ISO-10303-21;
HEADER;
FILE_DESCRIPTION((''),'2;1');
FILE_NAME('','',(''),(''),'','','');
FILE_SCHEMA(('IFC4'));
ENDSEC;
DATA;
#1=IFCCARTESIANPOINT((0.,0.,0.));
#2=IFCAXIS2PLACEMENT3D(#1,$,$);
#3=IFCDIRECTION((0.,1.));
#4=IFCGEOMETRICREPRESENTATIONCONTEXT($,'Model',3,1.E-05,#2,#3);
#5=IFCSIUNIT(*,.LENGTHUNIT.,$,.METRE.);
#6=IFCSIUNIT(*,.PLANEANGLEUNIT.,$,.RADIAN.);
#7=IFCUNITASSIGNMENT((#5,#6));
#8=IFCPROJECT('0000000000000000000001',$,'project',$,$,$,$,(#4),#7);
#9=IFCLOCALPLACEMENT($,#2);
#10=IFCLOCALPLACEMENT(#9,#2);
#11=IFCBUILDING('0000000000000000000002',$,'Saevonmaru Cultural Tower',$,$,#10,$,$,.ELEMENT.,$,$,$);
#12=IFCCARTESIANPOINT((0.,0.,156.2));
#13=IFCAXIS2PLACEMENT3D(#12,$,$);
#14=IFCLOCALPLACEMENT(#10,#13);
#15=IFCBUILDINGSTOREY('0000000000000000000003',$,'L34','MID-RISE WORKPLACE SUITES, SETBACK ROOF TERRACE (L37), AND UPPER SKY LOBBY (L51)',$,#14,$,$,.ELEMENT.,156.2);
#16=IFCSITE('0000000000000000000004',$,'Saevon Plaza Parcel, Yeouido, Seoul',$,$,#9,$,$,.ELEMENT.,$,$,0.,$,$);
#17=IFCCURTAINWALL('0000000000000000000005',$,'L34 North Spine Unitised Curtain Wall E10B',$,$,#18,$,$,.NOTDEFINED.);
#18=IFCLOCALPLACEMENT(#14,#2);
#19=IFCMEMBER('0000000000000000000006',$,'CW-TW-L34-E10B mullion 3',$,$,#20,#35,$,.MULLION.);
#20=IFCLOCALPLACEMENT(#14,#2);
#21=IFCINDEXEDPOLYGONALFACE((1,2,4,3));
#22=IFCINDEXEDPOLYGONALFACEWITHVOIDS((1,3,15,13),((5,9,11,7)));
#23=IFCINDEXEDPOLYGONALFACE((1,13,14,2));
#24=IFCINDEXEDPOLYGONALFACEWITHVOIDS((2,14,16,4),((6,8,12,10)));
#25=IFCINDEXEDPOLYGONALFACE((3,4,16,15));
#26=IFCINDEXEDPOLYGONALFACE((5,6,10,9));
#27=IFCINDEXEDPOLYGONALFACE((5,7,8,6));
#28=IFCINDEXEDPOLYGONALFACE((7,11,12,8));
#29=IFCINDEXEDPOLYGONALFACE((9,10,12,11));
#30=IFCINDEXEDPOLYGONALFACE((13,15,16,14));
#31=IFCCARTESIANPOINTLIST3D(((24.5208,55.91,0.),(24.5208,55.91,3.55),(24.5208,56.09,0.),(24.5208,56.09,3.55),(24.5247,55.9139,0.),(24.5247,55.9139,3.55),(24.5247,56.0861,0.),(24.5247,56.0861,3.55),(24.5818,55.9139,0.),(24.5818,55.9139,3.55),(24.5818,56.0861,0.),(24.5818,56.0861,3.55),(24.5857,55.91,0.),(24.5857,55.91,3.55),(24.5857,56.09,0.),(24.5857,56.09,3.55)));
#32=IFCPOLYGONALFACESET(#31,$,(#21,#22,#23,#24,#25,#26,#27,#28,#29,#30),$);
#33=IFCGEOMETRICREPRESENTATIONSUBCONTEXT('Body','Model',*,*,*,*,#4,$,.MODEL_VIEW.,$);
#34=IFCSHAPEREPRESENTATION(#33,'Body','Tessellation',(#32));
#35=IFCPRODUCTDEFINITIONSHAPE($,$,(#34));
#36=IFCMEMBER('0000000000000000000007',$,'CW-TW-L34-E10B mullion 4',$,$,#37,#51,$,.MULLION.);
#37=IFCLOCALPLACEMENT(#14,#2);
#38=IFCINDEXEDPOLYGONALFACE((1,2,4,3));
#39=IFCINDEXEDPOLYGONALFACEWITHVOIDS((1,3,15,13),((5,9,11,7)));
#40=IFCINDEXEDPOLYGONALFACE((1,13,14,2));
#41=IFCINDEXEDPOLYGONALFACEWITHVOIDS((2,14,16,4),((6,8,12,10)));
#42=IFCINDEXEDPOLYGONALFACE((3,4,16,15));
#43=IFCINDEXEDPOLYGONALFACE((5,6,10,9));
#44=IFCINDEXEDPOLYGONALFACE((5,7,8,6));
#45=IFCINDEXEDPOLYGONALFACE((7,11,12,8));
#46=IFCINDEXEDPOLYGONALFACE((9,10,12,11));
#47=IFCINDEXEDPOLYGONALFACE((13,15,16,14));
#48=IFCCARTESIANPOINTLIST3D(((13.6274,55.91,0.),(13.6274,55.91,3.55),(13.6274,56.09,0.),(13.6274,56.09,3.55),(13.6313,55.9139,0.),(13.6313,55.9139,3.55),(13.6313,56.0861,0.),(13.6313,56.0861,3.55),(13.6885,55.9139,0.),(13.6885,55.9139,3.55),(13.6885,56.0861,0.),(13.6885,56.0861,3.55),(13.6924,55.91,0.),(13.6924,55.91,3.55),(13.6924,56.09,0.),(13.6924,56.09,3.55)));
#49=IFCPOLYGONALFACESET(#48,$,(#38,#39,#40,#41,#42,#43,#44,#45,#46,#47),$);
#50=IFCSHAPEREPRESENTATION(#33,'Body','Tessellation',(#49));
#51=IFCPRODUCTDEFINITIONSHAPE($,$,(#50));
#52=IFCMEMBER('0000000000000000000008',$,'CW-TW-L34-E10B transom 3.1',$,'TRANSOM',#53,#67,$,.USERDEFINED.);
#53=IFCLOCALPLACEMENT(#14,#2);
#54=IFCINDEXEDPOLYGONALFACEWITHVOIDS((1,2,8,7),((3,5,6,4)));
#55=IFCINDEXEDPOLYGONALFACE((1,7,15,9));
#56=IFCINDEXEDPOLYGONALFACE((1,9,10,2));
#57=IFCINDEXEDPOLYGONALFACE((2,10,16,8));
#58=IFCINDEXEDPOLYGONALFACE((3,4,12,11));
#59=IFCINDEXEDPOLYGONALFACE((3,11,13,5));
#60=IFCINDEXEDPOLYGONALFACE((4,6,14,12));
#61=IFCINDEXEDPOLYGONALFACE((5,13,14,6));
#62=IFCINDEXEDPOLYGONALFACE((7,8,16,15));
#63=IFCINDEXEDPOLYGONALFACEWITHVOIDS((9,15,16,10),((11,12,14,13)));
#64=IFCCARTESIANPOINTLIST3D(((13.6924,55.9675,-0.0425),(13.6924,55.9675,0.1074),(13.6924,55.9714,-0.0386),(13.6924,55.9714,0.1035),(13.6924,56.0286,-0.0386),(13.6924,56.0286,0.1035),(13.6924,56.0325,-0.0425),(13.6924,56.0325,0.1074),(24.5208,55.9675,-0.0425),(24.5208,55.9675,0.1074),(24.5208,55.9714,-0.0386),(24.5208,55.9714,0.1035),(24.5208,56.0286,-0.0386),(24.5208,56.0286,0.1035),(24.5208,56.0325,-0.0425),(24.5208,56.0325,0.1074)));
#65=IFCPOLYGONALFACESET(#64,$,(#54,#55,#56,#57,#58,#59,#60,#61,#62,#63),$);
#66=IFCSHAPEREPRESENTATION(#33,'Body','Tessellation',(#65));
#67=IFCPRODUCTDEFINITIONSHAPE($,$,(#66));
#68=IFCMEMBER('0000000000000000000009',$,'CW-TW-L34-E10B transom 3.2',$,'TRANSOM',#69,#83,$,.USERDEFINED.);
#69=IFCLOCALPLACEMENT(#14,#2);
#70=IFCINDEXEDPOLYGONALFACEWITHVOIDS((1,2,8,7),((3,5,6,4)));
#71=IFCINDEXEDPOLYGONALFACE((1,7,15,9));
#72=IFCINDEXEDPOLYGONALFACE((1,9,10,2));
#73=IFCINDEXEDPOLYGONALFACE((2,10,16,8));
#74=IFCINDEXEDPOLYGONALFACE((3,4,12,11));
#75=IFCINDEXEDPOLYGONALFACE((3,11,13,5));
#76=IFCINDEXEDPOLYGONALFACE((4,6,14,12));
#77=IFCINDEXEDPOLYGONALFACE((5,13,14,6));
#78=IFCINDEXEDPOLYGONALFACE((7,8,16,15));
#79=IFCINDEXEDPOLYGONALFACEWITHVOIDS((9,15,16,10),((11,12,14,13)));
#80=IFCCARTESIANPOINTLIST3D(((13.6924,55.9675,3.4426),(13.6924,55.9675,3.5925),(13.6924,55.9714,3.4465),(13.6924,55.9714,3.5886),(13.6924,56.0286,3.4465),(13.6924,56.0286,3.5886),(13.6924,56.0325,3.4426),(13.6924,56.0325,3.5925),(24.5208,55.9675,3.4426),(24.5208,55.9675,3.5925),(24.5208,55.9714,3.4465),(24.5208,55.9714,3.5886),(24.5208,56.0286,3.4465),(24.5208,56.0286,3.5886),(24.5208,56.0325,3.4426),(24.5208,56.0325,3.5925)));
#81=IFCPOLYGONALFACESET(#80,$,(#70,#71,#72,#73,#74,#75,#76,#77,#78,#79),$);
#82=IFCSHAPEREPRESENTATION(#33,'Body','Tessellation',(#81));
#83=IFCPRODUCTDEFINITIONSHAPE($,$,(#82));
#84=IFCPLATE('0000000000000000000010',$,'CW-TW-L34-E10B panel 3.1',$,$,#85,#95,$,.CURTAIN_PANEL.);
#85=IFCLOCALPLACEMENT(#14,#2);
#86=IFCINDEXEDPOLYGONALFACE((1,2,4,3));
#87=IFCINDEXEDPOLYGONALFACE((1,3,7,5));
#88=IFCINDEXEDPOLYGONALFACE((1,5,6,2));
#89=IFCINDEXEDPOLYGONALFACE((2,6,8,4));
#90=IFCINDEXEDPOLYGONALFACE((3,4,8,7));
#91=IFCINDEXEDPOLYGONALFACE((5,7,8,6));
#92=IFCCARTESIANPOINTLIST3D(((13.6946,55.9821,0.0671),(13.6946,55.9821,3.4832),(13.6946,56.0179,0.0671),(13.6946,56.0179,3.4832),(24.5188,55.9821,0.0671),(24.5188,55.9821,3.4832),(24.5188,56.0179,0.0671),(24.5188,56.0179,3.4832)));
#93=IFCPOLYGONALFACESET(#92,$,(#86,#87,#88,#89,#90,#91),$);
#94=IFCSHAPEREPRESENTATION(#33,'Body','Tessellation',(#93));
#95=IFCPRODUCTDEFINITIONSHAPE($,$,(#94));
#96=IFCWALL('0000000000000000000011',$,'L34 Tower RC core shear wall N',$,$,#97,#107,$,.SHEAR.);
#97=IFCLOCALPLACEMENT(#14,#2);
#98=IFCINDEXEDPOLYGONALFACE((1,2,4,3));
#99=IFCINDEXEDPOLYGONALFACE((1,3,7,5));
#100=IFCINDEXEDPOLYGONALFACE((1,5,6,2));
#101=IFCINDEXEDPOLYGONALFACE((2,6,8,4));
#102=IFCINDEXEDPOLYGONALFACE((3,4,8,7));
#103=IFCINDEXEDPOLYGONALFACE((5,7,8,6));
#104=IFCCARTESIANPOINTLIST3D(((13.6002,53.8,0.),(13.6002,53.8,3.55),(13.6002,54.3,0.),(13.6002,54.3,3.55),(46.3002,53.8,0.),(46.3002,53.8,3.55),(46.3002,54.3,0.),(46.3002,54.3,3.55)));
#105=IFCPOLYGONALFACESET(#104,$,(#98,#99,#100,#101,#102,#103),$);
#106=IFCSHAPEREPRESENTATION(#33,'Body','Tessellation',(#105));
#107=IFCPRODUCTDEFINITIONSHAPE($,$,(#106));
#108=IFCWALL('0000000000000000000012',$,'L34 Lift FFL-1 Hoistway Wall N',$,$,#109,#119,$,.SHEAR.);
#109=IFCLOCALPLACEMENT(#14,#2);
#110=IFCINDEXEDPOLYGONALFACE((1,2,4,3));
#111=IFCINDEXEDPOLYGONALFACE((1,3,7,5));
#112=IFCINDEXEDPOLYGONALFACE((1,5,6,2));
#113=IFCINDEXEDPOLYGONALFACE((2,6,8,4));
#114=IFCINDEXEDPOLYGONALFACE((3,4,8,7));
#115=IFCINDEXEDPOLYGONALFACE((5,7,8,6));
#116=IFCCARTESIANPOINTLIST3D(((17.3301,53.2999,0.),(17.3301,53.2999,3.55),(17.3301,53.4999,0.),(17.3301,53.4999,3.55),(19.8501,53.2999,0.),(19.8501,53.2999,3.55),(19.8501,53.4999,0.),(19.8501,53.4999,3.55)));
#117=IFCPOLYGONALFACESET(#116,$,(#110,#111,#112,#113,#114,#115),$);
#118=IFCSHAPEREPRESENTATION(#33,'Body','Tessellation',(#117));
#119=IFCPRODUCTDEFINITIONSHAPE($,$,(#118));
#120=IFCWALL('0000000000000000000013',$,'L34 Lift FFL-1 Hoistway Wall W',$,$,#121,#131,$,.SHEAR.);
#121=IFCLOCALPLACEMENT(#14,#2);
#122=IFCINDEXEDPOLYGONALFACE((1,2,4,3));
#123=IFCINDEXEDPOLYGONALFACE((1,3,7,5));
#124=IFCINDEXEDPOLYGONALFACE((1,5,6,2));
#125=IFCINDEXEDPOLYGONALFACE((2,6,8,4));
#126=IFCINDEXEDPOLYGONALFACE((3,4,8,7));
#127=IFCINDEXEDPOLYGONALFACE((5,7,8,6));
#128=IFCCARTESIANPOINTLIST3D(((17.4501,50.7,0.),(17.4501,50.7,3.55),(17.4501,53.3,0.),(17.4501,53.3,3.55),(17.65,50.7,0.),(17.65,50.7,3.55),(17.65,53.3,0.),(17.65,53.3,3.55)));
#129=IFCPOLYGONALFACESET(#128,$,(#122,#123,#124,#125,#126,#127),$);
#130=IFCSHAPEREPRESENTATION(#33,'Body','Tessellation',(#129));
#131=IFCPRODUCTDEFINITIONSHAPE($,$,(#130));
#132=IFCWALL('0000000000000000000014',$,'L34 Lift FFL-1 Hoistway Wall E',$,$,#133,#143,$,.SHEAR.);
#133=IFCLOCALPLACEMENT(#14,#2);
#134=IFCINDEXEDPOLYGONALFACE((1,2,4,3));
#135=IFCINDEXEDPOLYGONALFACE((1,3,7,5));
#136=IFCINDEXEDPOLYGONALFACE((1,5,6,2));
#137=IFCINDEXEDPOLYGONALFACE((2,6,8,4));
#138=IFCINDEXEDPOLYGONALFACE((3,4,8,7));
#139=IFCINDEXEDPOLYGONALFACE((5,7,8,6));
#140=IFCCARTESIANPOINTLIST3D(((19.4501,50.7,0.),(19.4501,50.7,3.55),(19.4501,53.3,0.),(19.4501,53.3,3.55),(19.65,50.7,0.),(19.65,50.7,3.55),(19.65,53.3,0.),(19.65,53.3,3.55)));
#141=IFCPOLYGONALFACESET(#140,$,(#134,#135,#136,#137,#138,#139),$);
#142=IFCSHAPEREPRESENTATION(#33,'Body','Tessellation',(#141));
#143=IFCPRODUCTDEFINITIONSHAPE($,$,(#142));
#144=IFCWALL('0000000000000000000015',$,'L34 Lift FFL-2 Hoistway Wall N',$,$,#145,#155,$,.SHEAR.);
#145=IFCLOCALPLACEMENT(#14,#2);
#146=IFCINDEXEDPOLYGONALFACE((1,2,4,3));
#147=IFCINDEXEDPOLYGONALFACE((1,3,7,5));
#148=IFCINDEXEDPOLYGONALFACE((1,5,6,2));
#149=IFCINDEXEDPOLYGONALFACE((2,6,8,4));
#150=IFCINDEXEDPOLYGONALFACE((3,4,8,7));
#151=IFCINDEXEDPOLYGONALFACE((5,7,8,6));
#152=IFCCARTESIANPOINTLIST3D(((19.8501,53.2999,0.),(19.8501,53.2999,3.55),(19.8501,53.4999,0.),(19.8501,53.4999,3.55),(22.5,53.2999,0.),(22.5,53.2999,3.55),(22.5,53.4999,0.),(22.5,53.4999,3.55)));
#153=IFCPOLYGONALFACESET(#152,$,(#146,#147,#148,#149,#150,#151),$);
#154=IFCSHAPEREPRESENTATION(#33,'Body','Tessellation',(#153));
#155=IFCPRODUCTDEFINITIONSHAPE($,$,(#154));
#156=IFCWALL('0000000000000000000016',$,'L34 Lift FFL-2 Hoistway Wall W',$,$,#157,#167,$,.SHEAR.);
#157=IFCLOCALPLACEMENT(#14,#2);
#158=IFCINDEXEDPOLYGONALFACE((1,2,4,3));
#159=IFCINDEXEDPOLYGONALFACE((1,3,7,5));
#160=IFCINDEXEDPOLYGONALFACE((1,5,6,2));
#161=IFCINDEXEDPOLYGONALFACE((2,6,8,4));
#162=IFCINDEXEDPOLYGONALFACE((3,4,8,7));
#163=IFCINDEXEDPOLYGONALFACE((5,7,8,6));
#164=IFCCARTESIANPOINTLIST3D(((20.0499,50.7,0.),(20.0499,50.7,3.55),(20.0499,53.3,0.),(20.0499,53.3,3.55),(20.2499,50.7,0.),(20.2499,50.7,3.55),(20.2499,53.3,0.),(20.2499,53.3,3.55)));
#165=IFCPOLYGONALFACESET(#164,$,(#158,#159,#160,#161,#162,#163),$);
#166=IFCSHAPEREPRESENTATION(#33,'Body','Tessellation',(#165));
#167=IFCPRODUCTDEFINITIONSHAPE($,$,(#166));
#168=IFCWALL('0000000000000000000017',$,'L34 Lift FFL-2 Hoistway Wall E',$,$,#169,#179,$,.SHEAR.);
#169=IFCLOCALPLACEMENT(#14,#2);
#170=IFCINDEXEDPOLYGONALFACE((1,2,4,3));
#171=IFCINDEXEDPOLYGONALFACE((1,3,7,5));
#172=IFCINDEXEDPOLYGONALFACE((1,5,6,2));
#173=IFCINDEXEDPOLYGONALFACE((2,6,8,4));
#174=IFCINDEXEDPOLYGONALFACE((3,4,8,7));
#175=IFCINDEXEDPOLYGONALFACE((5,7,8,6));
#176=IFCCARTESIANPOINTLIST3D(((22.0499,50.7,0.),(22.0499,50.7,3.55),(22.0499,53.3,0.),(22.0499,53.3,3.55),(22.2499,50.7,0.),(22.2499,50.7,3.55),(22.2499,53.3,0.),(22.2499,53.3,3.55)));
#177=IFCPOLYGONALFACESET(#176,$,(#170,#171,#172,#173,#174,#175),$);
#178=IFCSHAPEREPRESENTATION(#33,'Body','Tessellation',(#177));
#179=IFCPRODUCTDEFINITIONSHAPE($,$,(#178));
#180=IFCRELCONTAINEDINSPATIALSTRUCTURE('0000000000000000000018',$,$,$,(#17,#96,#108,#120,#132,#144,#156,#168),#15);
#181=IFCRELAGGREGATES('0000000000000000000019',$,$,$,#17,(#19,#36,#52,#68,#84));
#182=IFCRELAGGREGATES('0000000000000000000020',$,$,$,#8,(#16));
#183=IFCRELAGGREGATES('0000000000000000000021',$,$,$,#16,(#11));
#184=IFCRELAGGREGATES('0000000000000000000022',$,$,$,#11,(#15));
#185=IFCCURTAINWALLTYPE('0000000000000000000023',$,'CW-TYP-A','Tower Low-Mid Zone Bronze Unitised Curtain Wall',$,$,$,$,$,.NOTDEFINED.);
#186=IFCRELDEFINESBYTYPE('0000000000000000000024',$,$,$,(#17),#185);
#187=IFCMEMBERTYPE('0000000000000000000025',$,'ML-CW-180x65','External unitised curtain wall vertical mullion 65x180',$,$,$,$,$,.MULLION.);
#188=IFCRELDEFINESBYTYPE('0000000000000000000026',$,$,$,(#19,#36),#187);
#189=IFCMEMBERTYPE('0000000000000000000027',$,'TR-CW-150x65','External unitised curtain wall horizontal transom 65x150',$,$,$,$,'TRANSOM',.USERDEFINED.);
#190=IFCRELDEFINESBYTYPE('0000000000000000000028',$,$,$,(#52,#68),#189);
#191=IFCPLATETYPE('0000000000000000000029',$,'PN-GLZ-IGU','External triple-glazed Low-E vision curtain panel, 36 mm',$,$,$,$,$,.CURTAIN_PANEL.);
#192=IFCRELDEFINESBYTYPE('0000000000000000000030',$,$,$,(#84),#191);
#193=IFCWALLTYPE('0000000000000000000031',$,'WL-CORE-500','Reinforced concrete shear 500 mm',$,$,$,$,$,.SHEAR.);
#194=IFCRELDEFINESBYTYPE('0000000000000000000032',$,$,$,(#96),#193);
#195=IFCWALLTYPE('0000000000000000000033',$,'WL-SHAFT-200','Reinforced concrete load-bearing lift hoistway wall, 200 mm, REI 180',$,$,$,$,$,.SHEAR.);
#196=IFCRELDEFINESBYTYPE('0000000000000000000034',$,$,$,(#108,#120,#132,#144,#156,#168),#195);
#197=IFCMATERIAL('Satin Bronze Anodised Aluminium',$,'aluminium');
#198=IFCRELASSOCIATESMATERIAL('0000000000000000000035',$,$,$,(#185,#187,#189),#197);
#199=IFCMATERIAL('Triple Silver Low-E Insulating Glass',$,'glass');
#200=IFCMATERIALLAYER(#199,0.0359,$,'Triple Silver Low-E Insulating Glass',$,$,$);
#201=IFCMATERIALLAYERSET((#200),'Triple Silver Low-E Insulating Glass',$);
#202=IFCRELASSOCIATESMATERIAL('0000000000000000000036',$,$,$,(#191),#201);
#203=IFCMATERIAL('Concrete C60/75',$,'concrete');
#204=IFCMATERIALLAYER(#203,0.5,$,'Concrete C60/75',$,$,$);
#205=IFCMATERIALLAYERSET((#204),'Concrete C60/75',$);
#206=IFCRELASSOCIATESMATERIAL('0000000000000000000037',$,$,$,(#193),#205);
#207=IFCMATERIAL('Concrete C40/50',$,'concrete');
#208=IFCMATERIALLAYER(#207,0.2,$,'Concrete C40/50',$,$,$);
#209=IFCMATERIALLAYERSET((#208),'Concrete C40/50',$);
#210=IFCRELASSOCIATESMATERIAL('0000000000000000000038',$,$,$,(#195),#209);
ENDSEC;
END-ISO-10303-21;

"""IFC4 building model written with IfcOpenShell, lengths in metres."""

from ifc_helpers import new_model, si_unit, direction, frame, frame_2d, origin, origin_2d, place, context, subcontext, project, spatial, rectangle, hollow_rectangle, extrude, material, layer, layer_set, material_profile, profile_set, type_object, element, aggregate, save


model = new_model("IFC4")

# Units and contexts
model_context = context("Model", 3, precision=1e-05, world=origin(), true_north=direction((0.0, 1.0)))
body_context = subcontext(model_context, "Body", "Model", "MODEL_VIEW")
ifc_project = project(units=[si_unit("LENGTHUNIT", "METRE"), si_unit("PLANEANGLEUNIT", "RADIAN")], contexts=[model_context])

# Site, building, storey
site_placement = place(None, origin())
site = spatial("IfcSite", under=ifc_project, at=site_placement, Name="Saevon Plaza Parcel, Yeouido, Seoul", CompositionType="ELEMENT", RefElevation=0.0)
building_placement = place(site_placement, origin())
building = spatial("IfcBuilding", under=site, at=building_placement, Name="Saevonmaru Cultural Tower", CompositionType="ELEMENT")
storey_placement = place(building_placement, frame((0.0, 0.0, 156.2)))
storey = spatial("IfcBuildingStorey", under=building, at=storey_placement, Name="L34", Description="MID-RISE WORKPLACE SUITES, SETBACK ROOF TERRACE (L37), AND UPPER SKY LOBBY (L51)", CompositionType="ELEMENT", Elevation=156.2)

# Curtain wall, members, plate
ifc_material_1 = material(Name="Satin Bronze Anodised Aluminium", Category="aluminium")
curtain_wall_type = type_object("IfcCurtainWallType", Name="CW-TYP-A", Description="Tower Low-Mid Zone Bronze Unitised Curtain Wall", PredefinedType="NOTDEFINED", material=ifc_material_1)
curtain_wall_placement = place(storey_placement, origin())
curtain_wall = element("IfcCurtainWall", 1, at=curtain_wall_placement, inside=storey, type_object=curtain_wall_type, Name="L34 North Spine Unitised Curtain Wall E10B", PredefinedType="NOTDEFINED")
ifc_material_profile_1 = material_profile(ifc_material_1, hollow_rectangle(XDim=0.0649, YDim=0.1799, WallThickness=0.0039, at=origin_2d()), Name="ALU-MULL-180x65x4")
ifc_profile_set_1 = profile_set([ifc_material_profile_1], Name="Satin Bronze Anodised Aluminium")
member_type_1 = type_object("IfcMemberType", Name="ML-CW-180x65", Description="External unitised curtain wall vertical mullion 65x180", PredefinedType="MULLION", material=ifc_profile_set_1)
member_1_placement = place(storey_placement, frame((24.5532, 56.0, 0.0), z_axis=(0.0, 0.0, 1.0), x_axis=(-1.0, 0.0, 0.0)))
member_1 = element("IfcMember", 2, at=member_1_placement, type_object=member_type_1, Name="CW-TW-L34-E10B mullion 3", PredefinedType="MULLION", context=body_context, shape_type="SweptSolid", body=[
    extrude(hollow_rectangle(XDim=0.0649, YDim=0.1799, WallThickness=0.0039, at=origin_2d()), origin(), (0.0, 0.0, 1.0), 3.55),
])
member_2_placement = place(storey_placement, frame((13.6599, 56.0, 0.0), z_axis=(0.0, 0.0, 1.0), x_axis=(-1.0, 0.0, 0.0)))
member_2 = element("IfcMember", 3, at=member_2_placement, type_object=member_type_1, Name="CW-TW-L34-E10B mullion 4", PredefinedType="MULLION", context=body_context, shape_type="SweptSolid", body=[
    extrude(hollow_rectangle(XDim=0.0649, YDim=0.1799, WallThickness=0.0039, at=origin_2d()), origin(), (0.0, 0.0, 1.0), 3.55),
])
ifc_material_profile_2 = material_profile(ifc_material_1, hollow_rectangle(XDim=0.0649, YDim=0.1499, WallThickness=0.0039, at=origin_2d()), Name="ALU-TRAN-150x65x4")
ifc_profile_set_2 = profile_set([ifc_material_profile_2], Name="Satin Bronze Anodised Aluminium")
member_type_2 = type_object("IfcMemberType", Name="TR-CW-150x65", Description="External unitised curtain wall horizontal transom 65x150", ElementType="TRANSOM", PredefinedType="USERDEFINED", material=ifc_profile_set_2)
member_3_placement = place(storey_placement, frame((24.5208, 56.0, 0.0325), z_axis=(-1.0, 0.0, 0.0), x_axis=(0.0, -1.0, 0.0)))
member_3 = element("IfcMember", 4, at=member_3_placement, type_object=member_type_2, Name="CW-TW-L34-E10B transom 3.1", ObjectType="TRANSOM", PredefinedType="USERDEFINED", context=body_context, shape_type="SweptSolid", body=[
    extrude(hollow_rectangle(XDim=0.0649, YDim=0.1499, WallThickness=0.0039, at=origin_2d()), origin(), (0.0, 0.0, 1.0), 10.8284),
])
member_4_placement = place(storey_placement, frame((24.5208, 56.0, 3.5176), z_axis=(-1.0, 0.0, 0.0), x_axis=(0.0, -1.0, 0.0)))
member_4 = element("IfcMember", 5, at=member_4_placement, type_object=member_type_2, Name="CW-TW-L34-E10B transom 3.2", ObjectType="TRANSOM", PredefinedType="USERDEFINED", context=body_context, shape_type="SweptSolid", body=[
    extrude(hollow_rectangle(XDim=0.0649, YDim=0.1499, WallThickness=0.0039, at=origin_2d()), origin(), (0.0, 0.0, 1.0), 10.8284),
])
ifc_material_2 = material(Name="Triple Silver Low-E Insulating Glass", Category="glass")
ifc_layer_1 = layer(ifc_material_2, 0.0359, Name="Triple Silver Low-E Insulating Glass")
ifc_layer_set_1 = layer_set([ifc_layer_1], Name="Triple Silver Low-E Insulating Glass")
plate_type = type_object("IfcPlateType", Name="PN-GLZ-IGU", Description="External triple-glazed Low-E vision curtain panel, 36 mm", PredefinedType="CURTAIN_PANEL", material=ifc_layer_set_1)
plate_placement = place(storey_placement, frame((19.1067, 56.0, 0.0671), z_axis=(0.0, 0.0, 1.0), x_axis=(-1.0, 0.0, 0.0)))
plate = element("IfcPlate", 6, at=plate_placement, type_object=plate_type, Name="CW-TW-L34-E10B panel 3.1", PredefinedType="CURTAIN_PANEL", context=body_context, shape_type="SweptSolid", body=[
    extrude(rectangle(XDim=10.8242, YDim=0.0359, at=origin_2d()), origin(), (0.0, 0.0, 1.0), 3.416),
])
aggregate(curtain_wall, [member_1, member_2, member_3, member_4, plate])

# Walls
ifc_material_3 = material(Name="Concrete C60/75", Category="concrete")
ifc_layer_2 = layer(ifc_material_3, 0.5, Name="Concrete C60/75")
ifc_layer_set_2 = layer_set([ifc_layer_2], Name="Concrete C60/75")
wall_type_1 = type_object("IfcWallType", Name="WL-CORE-500", Description="Reinforced concrete shear 500 mm", PredefinedType="SHEAR", material=ifc_layer_set_2)
wall_1_placement = place(storey_placement, frame((13.6001, 54.05, 0.0), z_axis=(0.0, 0.0, 1.0), x_axis=(1.0, 0.0, 0.0)))
element("IfcWall", 7, at=wall_1_placement, inside=storey, type_object=wall_type_1, Name="L34 Tower RC core shear wall N", PredefinedType="SHEAR", context=body_context, shape_type="SweptSolid", body=[
    extrude(rectangle(XDim=32.7, YDim=0.5, at=frame_2d((16.3501, 0.0))), origin(), (0.0, 0.0, 1.0), 3.55),
])
ifc_material_4 = material(Name="Concrete C40/50", Category="concrete")
ifc_layer_3 = layer(ifc_material_4, 0.2, Name="Concrete C40/50")
ifc_layer_set_3 = layer_set([ifc_layer_3], Name="Concrete C40/50")
wall_type_2 = type_object("IfcWallType", Name="WL-SHAFT-200", Description="Reinforced concrete load-bearing lift hoistway wall, 200 mm, REI 180", PredefinedType="SHEAR", material=ifc_layer_set_3)
wall_2_placement = place(storey_placement, frame((17.3301, 53.3999, 0.0), z_axis=(0.0, 0.0, 1.0), x_axis=(1.0, 0.0, 0.0)))
element("IfcWall", 8, at=wall_2_placement, inside=storey, type_object=wall_type_2, Name="L34 Lift FFL-1 Hoistway Wall N", PredefinedType="SHEAR", context=body_context, shape_type="SweptSolid", body=[
    extrude(rectangle(XDim=2.52, YDim=0.2, at=frame_2d((1.26, 0.0))), origin(), (0.0, 0.0, 1.0), 3.55),
])
for number, where, z_axis, x_axis, name in (
    (9, (17.55, 50.7, 0.0), (0.0, 0.0, 1.0), (0.0, 1.0, 0.0), "L34 Lift FFL-1 Hoistway Wall W"),
    (10, (19.55, 50.7, 0.0), (0.0, 0.0, 1.0), (0.0, 1.0, 0.0), "L34 Lift FFL-1 Hoistway Wall E"),
):
    element("IfcWall", number, at=place(storey_placement, frame(where, z_axis=z_axis, x_axis=x_axis)), inside=storey, type_object=wall_type_2, Name=name, PredefinedType="SHEAR", context=body_context, shape_type="SweptSolid", body=[
        extrude(rectangle(XDim=2.6001, YDim=0.2, at=frame_2d((1.3, 0.0))), origin(), (0.0, 0.0, 1.0), 3.55),
    ])
wall_3_placement = place(storey_placement, frame((19.8501, 53.3999, 0.0), z_axis=(0.0, 0.0, 1.0), x_axis=(1.0, 0.0, 0.0)))
element("IfcWall", 11, at=wall_3_placement, inside=storey, type_object=wall_type_2, Name="L34 Lift FFL-2 Hoistway Wall N", PredefinedType="SHEAR", context=body_context, shape_type="SweptSolid", body=[
    extrude(rectangle(XDim=2.6499, YDim=0.2, at=frame_2d((1.325, 0.0))), origin(), (0.0, 0.0, 1.0), 3.55),
])
for number, where, z_axis, x_axis, name in (
    (12, (20.1499, 50.7, 0.0), (0.0, 0.0, 1.0), (0.0, 1.0, 0.0), "L34 Lift FFL-2 Hoistway Wall W"),
    (13, (22.1499, 50.7, 0.0), (0.0, 0.0, 1.0), (0.0, 1.0, 0.0), "L34 Lift FFL-2 Hoistway Wall E"),
):
    element("IfcWall", number, at=place(storey_placement, frame(where, z_axis=z_axis, x_axis=x_axis)), inside=storey, type_object=wall_type_2, Name=name, PredefinedType="SHEAR", context=body_context, shape_type="SweptSolid", body=[
        extrude(rectangle(XDim=2.6001, YDim=0.2, at=frame_2d((1.3, 0.0))), origin(), (0.0, 0.0, 1.0), 3.55),
    ])

save(model, "model.ifc")
